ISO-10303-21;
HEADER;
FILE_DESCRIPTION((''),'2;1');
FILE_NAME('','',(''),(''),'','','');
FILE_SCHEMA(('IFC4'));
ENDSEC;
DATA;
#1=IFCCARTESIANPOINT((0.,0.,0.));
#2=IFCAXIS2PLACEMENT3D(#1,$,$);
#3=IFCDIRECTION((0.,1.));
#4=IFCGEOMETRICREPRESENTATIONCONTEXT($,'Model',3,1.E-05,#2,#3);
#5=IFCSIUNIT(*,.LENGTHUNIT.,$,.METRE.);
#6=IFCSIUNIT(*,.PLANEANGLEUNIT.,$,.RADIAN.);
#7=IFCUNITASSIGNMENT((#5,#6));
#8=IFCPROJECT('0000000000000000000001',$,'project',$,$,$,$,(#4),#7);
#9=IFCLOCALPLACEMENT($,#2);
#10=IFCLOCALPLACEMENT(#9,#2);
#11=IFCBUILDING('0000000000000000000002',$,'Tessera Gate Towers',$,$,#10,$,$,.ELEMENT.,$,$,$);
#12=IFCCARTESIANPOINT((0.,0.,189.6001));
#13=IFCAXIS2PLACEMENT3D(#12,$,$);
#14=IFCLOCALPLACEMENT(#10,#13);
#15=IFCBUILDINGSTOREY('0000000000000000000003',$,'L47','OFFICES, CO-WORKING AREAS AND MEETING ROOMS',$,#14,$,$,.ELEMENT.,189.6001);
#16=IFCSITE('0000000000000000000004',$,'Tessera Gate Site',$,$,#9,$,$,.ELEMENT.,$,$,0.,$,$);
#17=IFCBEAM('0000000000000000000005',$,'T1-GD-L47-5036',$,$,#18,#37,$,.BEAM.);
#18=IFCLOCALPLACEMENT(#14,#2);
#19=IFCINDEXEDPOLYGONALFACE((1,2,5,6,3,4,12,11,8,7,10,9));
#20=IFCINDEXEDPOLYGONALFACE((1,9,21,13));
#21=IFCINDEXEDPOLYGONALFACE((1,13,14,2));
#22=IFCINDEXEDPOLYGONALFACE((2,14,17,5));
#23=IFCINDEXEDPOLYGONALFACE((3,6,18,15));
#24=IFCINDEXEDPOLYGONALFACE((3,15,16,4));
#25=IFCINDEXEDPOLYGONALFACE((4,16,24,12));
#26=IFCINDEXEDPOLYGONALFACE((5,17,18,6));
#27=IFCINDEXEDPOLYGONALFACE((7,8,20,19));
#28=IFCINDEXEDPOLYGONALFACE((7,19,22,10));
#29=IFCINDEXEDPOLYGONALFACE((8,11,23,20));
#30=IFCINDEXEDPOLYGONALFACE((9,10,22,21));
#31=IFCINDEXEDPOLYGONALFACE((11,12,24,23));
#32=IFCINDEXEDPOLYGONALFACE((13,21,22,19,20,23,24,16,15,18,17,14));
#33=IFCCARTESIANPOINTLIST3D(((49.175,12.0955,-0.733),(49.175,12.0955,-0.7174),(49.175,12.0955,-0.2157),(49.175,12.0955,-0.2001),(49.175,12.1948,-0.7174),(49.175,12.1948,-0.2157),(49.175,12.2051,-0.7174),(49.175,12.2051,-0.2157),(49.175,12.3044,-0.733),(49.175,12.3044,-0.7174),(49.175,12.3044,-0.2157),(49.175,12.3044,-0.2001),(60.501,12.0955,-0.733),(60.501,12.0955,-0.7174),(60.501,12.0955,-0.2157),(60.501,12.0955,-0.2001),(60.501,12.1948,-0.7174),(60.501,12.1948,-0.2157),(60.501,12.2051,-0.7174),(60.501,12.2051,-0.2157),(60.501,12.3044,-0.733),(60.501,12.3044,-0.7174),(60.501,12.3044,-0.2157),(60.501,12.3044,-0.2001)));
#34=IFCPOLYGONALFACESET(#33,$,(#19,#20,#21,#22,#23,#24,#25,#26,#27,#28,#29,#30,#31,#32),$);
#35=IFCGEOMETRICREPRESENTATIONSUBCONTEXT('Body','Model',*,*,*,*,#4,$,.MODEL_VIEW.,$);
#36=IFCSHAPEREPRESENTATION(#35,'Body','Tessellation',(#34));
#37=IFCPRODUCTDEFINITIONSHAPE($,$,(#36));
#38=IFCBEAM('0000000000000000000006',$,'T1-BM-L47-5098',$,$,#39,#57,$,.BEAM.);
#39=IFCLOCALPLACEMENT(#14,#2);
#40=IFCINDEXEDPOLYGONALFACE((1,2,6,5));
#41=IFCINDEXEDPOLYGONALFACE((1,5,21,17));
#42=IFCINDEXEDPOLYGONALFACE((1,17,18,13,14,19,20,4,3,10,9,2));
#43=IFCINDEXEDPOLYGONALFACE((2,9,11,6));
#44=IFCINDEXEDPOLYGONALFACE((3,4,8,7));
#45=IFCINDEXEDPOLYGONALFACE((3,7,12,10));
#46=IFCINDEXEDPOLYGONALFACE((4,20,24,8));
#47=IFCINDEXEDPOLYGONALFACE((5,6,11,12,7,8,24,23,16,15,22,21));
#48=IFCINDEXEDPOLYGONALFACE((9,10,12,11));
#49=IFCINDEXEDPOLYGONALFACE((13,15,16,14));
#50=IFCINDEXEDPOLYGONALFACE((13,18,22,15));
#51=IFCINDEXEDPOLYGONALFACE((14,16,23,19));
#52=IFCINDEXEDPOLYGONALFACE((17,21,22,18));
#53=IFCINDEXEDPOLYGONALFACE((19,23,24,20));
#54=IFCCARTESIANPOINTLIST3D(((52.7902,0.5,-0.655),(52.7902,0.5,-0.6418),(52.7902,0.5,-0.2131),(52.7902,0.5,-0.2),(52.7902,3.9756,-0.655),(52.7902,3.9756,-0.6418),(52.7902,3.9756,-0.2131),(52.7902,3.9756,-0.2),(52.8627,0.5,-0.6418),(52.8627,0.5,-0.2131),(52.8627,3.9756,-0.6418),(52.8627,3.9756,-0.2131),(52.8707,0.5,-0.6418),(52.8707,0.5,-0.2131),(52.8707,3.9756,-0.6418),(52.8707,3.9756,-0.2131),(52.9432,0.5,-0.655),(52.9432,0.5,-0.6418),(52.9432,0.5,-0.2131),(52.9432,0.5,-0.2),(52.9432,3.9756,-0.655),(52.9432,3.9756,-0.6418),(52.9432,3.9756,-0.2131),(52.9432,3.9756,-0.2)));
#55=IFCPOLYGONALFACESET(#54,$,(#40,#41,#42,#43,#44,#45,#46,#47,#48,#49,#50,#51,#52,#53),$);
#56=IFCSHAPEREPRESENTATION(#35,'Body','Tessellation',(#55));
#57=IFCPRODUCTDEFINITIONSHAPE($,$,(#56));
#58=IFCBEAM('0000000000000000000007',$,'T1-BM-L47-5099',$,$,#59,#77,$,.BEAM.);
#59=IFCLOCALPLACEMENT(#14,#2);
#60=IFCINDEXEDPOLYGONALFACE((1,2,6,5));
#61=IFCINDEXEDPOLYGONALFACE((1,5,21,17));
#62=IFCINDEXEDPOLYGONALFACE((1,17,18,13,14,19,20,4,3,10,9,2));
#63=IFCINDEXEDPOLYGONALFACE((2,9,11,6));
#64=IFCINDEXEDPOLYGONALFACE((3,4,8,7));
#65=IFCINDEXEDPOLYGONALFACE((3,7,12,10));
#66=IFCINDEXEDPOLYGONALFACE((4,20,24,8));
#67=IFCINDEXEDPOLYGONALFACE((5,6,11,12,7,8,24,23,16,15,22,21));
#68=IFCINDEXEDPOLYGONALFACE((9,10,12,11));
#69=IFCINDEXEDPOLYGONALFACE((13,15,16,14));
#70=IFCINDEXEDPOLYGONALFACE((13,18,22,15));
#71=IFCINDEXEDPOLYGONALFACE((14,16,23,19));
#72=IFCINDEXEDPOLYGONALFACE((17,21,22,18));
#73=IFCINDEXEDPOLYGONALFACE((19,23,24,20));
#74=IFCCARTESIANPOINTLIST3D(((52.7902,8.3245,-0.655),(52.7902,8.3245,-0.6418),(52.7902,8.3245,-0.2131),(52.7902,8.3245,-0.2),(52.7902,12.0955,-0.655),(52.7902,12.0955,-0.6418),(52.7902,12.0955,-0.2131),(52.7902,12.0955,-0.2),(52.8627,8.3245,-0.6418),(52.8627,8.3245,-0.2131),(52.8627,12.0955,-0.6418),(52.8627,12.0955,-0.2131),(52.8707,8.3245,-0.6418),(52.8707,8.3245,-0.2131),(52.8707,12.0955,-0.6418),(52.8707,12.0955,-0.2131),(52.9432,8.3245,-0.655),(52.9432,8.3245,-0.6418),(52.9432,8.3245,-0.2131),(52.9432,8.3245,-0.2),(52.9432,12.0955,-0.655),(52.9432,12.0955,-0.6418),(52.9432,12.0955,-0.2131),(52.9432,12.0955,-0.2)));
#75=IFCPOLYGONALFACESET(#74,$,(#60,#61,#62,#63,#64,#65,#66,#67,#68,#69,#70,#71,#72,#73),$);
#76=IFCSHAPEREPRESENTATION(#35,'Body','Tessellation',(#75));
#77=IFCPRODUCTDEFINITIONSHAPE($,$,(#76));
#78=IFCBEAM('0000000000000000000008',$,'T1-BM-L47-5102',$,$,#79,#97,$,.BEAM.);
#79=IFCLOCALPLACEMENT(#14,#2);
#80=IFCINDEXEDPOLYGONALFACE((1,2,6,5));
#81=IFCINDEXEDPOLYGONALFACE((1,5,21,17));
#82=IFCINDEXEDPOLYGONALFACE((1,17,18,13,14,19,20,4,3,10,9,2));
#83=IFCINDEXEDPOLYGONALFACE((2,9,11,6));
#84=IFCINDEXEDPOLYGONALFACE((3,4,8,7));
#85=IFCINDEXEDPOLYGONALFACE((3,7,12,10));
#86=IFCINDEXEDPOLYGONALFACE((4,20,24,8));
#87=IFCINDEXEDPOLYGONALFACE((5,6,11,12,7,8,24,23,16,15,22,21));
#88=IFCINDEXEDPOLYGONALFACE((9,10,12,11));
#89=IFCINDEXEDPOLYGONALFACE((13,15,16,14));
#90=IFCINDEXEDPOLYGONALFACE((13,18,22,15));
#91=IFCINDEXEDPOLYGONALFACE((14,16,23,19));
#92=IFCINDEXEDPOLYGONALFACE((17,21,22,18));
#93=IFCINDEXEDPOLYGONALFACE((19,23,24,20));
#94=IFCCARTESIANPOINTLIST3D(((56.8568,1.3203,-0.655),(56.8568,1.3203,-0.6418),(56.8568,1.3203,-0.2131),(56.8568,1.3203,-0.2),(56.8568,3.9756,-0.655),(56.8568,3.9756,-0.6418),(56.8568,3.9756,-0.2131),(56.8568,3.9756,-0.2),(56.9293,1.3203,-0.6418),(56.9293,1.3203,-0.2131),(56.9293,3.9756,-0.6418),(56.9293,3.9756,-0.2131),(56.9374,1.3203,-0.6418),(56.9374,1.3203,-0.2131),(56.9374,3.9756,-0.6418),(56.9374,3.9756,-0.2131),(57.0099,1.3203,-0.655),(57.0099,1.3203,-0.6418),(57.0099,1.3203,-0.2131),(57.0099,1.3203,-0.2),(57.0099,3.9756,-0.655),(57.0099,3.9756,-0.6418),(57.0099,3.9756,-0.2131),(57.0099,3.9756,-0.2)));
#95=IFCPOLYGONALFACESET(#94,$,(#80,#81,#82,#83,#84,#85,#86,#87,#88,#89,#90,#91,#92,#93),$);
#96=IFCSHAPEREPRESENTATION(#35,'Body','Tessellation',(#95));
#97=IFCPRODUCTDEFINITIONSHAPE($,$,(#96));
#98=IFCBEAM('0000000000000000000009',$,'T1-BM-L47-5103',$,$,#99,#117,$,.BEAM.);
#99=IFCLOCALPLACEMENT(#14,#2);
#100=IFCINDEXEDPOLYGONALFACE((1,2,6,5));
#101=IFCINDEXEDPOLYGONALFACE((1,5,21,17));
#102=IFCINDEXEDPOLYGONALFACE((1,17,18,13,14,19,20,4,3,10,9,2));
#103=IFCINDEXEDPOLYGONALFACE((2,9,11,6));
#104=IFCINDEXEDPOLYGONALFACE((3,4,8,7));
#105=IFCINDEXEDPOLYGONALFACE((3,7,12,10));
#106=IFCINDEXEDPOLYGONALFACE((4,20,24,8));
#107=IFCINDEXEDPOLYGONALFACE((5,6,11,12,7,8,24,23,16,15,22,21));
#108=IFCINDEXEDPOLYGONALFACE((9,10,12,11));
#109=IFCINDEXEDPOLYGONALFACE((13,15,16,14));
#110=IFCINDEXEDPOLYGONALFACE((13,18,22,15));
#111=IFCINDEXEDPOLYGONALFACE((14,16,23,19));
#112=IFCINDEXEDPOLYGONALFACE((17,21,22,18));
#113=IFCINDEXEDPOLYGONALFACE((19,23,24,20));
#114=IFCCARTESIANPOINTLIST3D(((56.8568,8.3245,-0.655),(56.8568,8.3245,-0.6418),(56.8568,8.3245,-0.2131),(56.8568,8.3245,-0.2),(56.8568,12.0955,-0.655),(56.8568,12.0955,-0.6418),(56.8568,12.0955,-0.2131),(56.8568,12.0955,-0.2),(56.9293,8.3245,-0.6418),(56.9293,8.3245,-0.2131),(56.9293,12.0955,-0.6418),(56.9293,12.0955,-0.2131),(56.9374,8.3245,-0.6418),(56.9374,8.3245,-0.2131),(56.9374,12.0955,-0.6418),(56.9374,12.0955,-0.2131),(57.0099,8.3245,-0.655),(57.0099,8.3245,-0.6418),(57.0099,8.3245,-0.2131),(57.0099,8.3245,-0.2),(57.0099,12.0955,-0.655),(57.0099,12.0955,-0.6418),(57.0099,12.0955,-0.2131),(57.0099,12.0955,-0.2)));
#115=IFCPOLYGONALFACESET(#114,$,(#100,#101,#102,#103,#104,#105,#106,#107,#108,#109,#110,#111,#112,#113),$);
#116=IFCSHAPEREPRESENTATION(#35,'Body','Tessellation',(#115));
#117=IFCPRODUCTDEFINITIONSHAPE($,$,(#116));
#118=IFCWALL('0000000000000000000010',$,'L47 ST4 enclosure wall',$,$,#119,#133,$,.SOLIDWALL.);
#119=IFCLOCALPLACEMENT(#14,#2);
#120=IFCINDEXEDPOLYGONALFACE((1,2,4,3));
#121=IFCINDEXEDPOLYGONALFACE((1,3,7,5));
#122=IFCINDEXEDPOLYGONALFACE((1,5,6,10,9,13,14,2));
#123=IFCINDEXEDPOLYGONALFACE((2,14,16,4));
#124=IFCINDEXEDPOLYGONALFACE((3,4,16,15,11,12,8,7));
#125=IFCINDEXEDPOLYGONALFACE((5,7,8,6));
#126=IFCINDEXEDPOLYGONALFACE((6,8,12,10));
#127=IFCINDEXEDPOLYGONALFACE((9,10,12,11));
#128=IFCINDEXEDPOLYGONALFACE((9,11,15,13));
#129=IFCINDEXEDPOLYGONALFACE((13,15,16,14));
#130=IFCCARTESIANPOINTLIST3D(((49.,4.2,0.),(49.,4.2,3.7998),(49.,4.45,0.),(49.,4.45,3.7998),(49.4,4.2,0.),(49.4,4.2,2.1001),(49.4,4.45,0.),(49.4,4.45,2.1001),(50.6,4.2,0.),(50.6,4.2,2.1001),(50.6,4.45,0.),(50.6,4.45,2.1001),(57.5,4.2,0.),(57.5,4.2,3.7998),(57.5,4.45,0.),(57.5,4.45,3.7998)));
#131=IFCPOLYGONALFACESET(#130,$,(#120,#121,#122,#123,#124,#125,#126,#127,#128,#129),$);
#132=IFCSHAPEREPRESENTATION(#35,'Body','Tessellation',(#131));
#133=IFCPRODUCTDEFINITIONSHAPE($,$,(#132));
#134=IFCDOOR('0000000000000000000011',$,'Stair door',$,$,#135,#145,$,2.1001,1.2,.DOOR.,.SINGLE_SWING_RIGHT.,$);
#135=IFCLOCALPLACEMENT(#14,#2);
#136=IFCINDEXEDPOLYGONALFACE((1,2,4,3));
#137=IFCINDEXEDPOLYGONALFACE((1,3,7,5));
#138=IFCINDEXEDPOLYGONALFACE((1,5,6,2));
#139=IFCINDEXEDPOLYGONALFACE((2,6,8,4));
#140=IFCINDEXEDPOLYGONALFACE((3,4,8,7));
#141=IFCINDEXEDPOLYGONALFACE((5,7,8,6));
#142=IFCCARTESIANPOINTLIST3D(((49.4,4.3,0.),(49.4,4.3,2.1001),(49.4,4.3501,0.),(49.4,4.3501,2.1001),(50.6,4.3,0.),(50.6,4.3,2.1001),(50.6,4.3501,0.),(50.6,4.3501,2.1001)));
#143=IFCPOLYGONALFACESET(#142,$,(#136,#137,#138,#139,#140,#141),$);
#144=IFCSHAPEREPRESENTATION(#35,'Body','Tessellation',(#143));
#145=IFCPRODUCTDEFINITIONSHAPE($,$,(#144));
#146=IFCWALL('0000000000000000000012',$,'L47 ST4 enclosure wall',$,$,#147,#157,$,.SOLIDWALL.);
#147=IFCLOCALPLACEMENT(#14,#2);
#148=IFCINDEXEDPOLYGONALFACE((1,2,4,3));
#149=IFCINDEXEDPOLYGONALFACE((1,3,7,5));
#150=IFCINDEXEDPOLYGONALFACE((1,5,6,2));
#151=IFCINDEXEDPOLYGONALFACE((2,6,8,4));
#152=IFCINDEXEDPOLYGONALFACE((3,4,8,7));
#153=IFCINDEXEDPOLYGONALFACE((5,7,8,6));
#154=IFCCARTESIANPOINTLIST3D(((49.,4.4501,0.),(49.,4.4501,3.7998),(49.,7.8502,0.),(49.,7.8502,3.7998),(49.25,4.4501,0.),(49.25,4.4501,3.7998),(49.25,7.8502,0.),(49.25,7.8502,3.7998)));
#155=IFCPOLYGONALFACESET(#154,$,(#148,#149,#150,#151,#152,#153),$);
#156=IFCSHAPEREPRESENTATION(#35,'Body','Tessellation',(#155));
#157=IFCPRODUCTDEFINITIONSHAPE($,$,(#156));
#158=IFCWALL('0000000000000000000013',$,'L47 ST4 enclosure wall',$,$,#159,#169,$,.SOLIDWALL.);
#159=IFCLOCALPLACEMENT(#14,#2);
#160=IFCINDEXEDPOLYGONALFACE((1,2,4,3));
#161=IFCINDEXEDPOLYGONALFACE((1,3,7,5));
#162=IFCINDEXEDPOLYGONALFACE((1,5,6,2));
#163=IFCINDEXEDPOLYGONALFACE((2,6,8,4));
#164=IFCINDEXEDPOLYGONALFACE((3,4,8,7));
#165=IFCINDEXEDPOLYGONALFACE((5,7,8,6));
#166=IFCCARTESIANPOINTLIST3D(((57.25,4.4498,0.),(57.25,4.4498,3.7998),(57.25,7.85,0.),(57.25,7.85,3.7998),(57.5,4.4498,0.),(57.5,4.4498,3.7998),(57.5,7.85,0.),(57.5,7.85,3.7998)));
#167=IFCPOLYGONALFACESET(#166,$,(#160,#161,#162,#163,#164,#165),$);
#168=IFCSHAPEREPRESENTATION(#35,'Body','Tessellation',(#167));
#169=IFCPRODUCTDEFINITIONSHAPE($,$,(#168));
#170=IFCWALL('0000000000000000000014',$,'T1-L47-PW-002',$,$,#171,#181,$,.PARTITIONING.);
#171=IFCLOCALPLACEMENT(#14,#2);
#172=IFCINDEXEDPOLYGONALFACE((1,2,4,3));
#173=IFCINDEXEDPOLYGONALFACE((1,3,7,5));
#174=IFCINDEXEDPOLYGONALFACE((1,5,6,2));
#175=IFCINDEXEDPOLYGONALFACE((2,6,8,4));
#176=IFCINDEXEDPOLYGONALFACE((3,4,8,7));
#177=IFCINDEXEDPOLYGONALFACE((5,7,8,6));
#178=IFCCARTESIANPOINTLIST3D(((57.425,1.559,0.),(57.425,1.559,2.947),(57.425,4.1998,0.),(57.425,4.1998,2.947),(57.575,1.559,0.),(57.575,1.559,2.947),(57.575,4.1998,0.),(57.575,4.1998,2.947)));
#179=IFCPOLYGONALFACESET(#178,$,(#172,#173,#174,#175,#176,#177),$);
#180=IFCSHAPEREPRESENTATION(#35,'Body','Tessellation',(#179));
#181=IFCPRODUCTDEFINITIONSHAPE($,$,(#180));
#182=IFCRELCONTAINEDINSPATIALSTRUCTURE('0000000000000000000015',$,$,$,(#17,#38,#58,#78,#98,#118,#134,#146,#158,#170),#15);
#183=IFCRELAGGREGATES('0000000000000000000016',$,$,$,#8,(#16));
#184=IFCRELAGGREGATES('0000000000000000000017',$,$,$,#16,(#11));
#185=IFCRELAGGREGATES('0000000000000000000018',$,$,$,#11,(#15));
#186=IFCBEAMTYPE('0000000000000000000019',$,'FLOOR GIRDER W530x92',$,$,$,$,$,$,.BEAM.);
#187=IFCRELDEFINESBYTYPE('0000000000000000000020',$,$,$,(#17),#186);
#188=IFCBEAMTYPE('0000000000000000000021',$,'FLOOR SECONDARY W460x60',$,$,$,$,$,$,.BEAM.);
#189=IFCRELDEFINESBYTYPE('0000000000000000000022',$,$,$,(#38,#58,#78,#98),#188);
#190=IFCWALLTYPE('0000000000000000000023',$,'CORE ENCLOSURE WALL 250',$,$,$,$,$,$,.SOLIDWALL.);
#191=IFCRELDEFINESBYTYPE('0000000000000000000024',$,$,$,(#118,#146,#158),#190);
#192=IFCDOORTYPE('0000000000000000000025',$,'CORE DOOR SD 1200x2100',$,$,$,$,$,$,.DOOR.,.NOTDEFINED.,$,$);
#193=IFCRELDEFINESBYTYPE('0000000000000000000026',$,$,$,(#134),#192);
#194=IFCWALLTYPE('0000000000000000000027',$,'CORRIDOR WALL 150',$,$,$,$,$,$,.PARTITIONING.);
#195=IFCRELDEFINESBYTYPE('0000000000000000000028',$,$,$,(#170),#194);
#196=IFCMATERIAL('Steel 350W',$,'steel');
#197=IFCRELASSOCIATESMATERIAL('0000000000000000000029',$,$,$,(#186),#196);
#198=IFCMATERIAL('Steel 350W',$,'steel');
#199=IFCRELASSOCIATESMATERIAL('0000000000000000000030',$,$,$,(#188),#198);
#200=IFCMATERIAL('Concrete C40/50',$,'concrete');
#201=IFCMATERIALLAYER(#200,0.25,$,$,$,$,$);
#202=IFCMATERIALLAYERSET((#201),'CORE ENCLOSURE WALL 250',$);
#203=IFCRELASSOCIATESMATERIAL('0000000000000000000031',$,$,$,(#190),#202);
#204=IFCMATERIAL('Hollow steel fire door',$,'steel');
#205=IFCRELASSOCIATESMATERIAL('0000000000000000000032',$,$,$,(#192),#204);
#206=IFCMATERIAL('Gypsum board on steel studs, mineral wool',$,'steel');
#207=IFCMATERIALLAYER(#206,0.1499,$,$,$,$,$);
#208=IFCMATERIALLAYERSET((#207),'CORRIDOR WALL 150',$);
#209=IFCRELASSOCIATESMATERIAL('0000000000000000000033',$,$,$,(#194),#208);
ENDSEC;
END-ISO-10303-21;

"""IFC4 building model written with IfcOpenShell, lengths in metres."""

from ifc_helpers import new_model, si_unit, direction, frame, frame_2d, origin, origin_2d, place, context, subcontext, project, spatial, rectangle, i_section, extrude, source, transform, mapped, material, layer, layer_set, material_profile, profile_set, type_object, element, fill, save


model = new_model("IFC4")

# Units and contexts
model_context = context("Model", 3, precision=1e-05, world=origin(), true_north=direction((0.0, 1.0)))
body_context = subcontext(model_context, "Body", "Model", "MODEL_VIEW")
ifc_project = project(units=[si_unit("LENGTHUNIT", "METRE"), si_unit("PLANEANGLEUNIT", "RADIAN")], contexts=[model_context])

# Site, building, storey
site_placement = place(None, origin())
site = spatial("IfcSite", under=ifc_project, at=site_placement, Name="Tessera Gate Site", CompositionType="ELEMENT", RefElevation=0.0)
building_placement = place(site_placement, origin())
building = spatial("IfcBuilding", under=site, at=building_placement, Name="Tessera Gate Towers", CompositionType="ELEMENT")
storey_placement = place(building_placement, frame((0.0, 0.0, 189.6001)))
storey = spatial("IfcBuildingStorey", under=building, at=storey_placement, Name="L47", Description="OFFICES, CO-WORKING AREAS AND MEETING ROOMS", CompositionType="ELEMENT", Elevation=189.6001)

# Beams
ifc_material_1 = material(Name="Steel 350W", Category="steel")
ifc_material_profile_1 = material_profile(ifc_material_1, i_section(OverallWidth=0.209, OverallDepth=0.533, WebThickness=0.0103, FlangeThickness=0.0156, at=origin_2d()), Name="W530x92")
ifc_profile_set_1 = profile_set([ifc_material_profile_1], Name="Steel 350W")
beam_type_1 = type_object("IfcBeamType", Name="FLOOR GIRDER W530x92", PredefinedType="BEAM", material=ifc_profile_set_1)
beam_1_placement = place(storey_placement, frame((49.175, 12.2, -0.4666), z_axis=(1.0, 0.0, 0.0), x_axis=(0.0, 1.0, 0.0)))
element("IfcBeam", 1, at=beam_1_placement, inside=storey, type_object=beam_type_1, Name="T1-GD-L47-5036", PredefinedType="BEAM", context=body_context, shape_type="SweptSolid", body=[
    extrude(i_section(OverallWidth=0.209, OverallDepth=0.533, WebThickness=0.0103, FlangeThickness=0.0156, at=origin_2d()), origin(), (0.0, 0.0, 1.0), 11.3259),
])
ifc_material_2 = material(Name="Steel 350W", Category="steel")
ifc_material_profile_2 = material_profile(ifc_material_2, i_section(OverallWidth=0.1531, OverallDepth=0.4551, WebThickness=0.0081, FlangeThickness=0.0132, at=origin_2d()), Name="W460x60")
ifc_profile_set_2 = profile_set([ifc_material_profile_2], Name="Steel 350W")
beam_type_2 = type_object("IfcBeamType", Name="FLOOR SECONDARY W460x60", PredefinedType="BEAM", material=ifc_profile_set_2)
beam_2_placement = place(storey_placement, frame((52.8667, 0.5, -0.4275), z_axis=(0.0, 1.0, 0.0), x_axis=(-1.0, 0.0, 0.0)))
element("IfcBeam", 2, at=beam_2_placement, inside=storey, type_object=beam_type_2, Name="T1-BM-L47-5098", PredefinedType="BEAM", context=body_context, shape_type="SweptSolid", body=[
    extrude(i_section(OverallWidth=0.1531, OverallDepth=0.4551, WebThickness=0.0081, FlangeThickness=0.0132, at=origin_2d()), origin(), (0.0, 0.0, 1.0), 3.4756),
])
beam_3_placement = place(storey_placement, frame((52.8667, 8.3245, -0.4275), z_axis=(0.0, 1.0, 0.0), x_axis=(-1.0, 0.0, 0.0)))
element("IfcBeam", 3, at=beam_3_placement, inside=storey, type_object=beam_type_2, Name="T1-BM-L47-5099", PredefinedType="BEAM", context=body_context, shape_type="SweptSolid", body=[
    extrude(i_section(OverallWidth=0.1531, OverallDepth=0.4551, WebThickness=0.0081, FlangeThickness=0.0132, at=origin_2d()), origin(), (0.0, 0.0, 1.0), 3.771),
])
beam_4_placement = place(storey_placement, frame((56.9333, 1.3203, -0.4275), z_axis=(0.0, 1.0, 0.0), x_axis=(-1.0, 0.0, 0.0)))
element("IfcBeam", 4, at=beam_4_placement, inside=storey, type_object=beam_type_2, Name="T1-BM-L47-5102", PredefinedType="BEAM", context=body_context, shape_type="SweptSolid", body=[
    extrude(i_section(OverallWidth=0.1531, OverallDepth=0.4551, WebThickness=0.0081, FlangeThickness=0.0132, at=origin_2d()), origin(), (0.0, 0.0, 1.0), 2.6553),
])
beam_5_placement = place(storey_placement, frame((56.9333, 8.3245, -0.4275), z_axis=(0.0, 1.0, 0.0), x_axis=(-1.0, 0.0, 0.0)))
element("IfcBeam", 5, at=beam_5_placement, inside=storey, type_object=beam_type_2, Name="T1-BM-L47-5103", PredefinedType="BEAM", context=body_context, shape_type="SweptSolid", body=[
    extrude(i_section(OverallWidth=0.1531, OverallDepth=0.4551, WebThickness=0.0081, FlangeThickness=0.0132, at=origin_2d()), origin(), (0.0, 0.0, 1.0), 3.771),
])

# Wall, opening, door
ifc_material_3 = material(Name="Concrete C40/50", Category="concrete")
ifc_layer_1 = layer(ifc_material_3, 0.25)
ifc_layer_set_1 = layer_set([ifc_layer_1], Name="CORE ENCLOSURE WALL 250")
wall_type_1 = type_object("IfcWallType", Name="CORE ENCLOSURE WALL 250", PredefinedType="SOLIDWALL", material=ifc_layer_set_1)
wall_1_placement = place(storey_placement, frame((57.5, 4.325, 0.0), z_axis=(0.0, 0.0, 1.0), x_axis=(-1.0, 0.0, 0.0)))
wall_1 = element("IfcWall", 6, at=wall_1_placement, inside=storey, type_object=wall_type_1, Name="L47 ST4 enclosure wall", PredefinedType="SOLIDWALL", context=body_context, shape_type="SweptSolid", body=[
    extrude(rectangle(XDim=8.5, YDim=0.25, at=frame_2d((4.25, 0.0))), origin(), (0.0, 0.0, 1.0), 3.7998),
])
shared_shape_1 = source(origin(), body_context, "Body", "SweptSolid", [
    extrude(rectangle(XDim=1.2, YDim=2.1001, at=frame_2d((0.6001, 1.05))), frame((0.0, 0.135, 0.0), z_axis=(0.0, -1.0, 0.0), x_axis=(1.0, 0.0, 0.0)), (0.0, 0.0, 1.0), 0.27),
])
opening_1_placement = place(wall_1_placement, frame((6.8999, 0.0, 0.0)))
opening_1 = element("IfcOpeningElement", 7, at=opening_1_placement, cuts=wall_1, PredefinedType="OPENING", context=body_context, shape_type="MappedRepresentation", body=[
    mapped(shared_shape_1, transform((0.0, 0.0, 0.0), scale=1.0)),
])
ifc_material_4 = material(Name="Hollow steel fire door", Category="steel")
door_type = type_object("IfcDoorType", Name="CORE DOOR SD 1200x2100", OperationType="NOTDEFINED", PredefinedType="DOOR", material=ifc_material_4)
shared_shape_2 = source(origin(), body_context, "Body", "SweptSolid", [
    extrude(rectangle(XDim=1.2, YDim=2.1001, at=frame_2d((0.6001, 1.05))), frame((0.0, 0.0249, 0.0), z_axis=(0.0, -1.0, 0.0), x_axis=(1.0, 0.0, 0.0)), (0.0, 0.0, 1.0), 0.05),
])
door_placement = place(opening_1_placement, origin())
door = element("IfcDoor", 8, at=door_placement, inside=storey, type_object=door_type, Name="Stair door", OperationType="SINGLE_SWING_RIGHT", OverallHeight=2.1001, OverallWidth=1.2, PredefinedType="DOOR", context=body_context, shape_type="MappedRepresentation", body=[
    mapped(shared_shape_2, transform((0.0, 0.0, 0.0), scale=1.0)),
])
fill(opening_1, door)

# Walls
for number, where, z_axis, x_axis, name in (
    (9, (49.125, 4.45, 0.0), (0.0, 0.0, 1.0), (0.0, 1.0, 0.0), "L47 ST4 enclosure wall"),
    (10, (57.375, 7.8501, 0.0), (0.0, 0.0, 1.0), (0.0, -1.0, 0.0), "L47 ST4 enclosure wall"),
):
    element("IfcWall", number, at=place(storey_placement, frame(where, z_axis=z_axis, x_axis=x_axis)), inside=storey, type_object=wall_type_1, Name=name, PredefinedType="SOLIDWALL", context=body_context, shape_type="SweptSolid", body=[
        extrude(rectangle(XDim=3.4001, YDim=0.25, at=frame_2d((1.7002, 0.0))), origin(), (0.0, 0.0, 1.0), 3.7998),
    ])
ifc_material_5 = material(Name="Gypsum board on steel studs, mineral wool", Category="steel")
ifc_layer_2 = layer(ifc_material_5, 0.1499)
ifc_layer_set_2 = layer_set([ifc_layer_2], Name="CORRIDOR WALL 150")
wall_type_2 = type_object("IfcWallType", Name="CORRIDOR WALL 150", PredefinedType="PARTITIONING", material=ifc_layer_set_2)
wall_2_placement = place(storey_placement, frame((57.5, 1.5591, 0.0), z_axis=(0.0, 0.0, 1.0), x_axis=(0.0, 1.0, 0.0)))
element("IfcWall", 11, at=wall_2_placement, inside=storey, type_object=wall_type_2, Name="T1-L47-PW-002", PredefinedType="PARTITIONING", context=body_context, shape_type="SweptSolid", body=[
    extrude(rectangle(XDim=2.6409, YDim=0.1499, at=frame_2d((1.3203, 0.0))), origin(), (0.0, 0.0, 1.0), 2.947),
])

save(model, "model.ifc")
